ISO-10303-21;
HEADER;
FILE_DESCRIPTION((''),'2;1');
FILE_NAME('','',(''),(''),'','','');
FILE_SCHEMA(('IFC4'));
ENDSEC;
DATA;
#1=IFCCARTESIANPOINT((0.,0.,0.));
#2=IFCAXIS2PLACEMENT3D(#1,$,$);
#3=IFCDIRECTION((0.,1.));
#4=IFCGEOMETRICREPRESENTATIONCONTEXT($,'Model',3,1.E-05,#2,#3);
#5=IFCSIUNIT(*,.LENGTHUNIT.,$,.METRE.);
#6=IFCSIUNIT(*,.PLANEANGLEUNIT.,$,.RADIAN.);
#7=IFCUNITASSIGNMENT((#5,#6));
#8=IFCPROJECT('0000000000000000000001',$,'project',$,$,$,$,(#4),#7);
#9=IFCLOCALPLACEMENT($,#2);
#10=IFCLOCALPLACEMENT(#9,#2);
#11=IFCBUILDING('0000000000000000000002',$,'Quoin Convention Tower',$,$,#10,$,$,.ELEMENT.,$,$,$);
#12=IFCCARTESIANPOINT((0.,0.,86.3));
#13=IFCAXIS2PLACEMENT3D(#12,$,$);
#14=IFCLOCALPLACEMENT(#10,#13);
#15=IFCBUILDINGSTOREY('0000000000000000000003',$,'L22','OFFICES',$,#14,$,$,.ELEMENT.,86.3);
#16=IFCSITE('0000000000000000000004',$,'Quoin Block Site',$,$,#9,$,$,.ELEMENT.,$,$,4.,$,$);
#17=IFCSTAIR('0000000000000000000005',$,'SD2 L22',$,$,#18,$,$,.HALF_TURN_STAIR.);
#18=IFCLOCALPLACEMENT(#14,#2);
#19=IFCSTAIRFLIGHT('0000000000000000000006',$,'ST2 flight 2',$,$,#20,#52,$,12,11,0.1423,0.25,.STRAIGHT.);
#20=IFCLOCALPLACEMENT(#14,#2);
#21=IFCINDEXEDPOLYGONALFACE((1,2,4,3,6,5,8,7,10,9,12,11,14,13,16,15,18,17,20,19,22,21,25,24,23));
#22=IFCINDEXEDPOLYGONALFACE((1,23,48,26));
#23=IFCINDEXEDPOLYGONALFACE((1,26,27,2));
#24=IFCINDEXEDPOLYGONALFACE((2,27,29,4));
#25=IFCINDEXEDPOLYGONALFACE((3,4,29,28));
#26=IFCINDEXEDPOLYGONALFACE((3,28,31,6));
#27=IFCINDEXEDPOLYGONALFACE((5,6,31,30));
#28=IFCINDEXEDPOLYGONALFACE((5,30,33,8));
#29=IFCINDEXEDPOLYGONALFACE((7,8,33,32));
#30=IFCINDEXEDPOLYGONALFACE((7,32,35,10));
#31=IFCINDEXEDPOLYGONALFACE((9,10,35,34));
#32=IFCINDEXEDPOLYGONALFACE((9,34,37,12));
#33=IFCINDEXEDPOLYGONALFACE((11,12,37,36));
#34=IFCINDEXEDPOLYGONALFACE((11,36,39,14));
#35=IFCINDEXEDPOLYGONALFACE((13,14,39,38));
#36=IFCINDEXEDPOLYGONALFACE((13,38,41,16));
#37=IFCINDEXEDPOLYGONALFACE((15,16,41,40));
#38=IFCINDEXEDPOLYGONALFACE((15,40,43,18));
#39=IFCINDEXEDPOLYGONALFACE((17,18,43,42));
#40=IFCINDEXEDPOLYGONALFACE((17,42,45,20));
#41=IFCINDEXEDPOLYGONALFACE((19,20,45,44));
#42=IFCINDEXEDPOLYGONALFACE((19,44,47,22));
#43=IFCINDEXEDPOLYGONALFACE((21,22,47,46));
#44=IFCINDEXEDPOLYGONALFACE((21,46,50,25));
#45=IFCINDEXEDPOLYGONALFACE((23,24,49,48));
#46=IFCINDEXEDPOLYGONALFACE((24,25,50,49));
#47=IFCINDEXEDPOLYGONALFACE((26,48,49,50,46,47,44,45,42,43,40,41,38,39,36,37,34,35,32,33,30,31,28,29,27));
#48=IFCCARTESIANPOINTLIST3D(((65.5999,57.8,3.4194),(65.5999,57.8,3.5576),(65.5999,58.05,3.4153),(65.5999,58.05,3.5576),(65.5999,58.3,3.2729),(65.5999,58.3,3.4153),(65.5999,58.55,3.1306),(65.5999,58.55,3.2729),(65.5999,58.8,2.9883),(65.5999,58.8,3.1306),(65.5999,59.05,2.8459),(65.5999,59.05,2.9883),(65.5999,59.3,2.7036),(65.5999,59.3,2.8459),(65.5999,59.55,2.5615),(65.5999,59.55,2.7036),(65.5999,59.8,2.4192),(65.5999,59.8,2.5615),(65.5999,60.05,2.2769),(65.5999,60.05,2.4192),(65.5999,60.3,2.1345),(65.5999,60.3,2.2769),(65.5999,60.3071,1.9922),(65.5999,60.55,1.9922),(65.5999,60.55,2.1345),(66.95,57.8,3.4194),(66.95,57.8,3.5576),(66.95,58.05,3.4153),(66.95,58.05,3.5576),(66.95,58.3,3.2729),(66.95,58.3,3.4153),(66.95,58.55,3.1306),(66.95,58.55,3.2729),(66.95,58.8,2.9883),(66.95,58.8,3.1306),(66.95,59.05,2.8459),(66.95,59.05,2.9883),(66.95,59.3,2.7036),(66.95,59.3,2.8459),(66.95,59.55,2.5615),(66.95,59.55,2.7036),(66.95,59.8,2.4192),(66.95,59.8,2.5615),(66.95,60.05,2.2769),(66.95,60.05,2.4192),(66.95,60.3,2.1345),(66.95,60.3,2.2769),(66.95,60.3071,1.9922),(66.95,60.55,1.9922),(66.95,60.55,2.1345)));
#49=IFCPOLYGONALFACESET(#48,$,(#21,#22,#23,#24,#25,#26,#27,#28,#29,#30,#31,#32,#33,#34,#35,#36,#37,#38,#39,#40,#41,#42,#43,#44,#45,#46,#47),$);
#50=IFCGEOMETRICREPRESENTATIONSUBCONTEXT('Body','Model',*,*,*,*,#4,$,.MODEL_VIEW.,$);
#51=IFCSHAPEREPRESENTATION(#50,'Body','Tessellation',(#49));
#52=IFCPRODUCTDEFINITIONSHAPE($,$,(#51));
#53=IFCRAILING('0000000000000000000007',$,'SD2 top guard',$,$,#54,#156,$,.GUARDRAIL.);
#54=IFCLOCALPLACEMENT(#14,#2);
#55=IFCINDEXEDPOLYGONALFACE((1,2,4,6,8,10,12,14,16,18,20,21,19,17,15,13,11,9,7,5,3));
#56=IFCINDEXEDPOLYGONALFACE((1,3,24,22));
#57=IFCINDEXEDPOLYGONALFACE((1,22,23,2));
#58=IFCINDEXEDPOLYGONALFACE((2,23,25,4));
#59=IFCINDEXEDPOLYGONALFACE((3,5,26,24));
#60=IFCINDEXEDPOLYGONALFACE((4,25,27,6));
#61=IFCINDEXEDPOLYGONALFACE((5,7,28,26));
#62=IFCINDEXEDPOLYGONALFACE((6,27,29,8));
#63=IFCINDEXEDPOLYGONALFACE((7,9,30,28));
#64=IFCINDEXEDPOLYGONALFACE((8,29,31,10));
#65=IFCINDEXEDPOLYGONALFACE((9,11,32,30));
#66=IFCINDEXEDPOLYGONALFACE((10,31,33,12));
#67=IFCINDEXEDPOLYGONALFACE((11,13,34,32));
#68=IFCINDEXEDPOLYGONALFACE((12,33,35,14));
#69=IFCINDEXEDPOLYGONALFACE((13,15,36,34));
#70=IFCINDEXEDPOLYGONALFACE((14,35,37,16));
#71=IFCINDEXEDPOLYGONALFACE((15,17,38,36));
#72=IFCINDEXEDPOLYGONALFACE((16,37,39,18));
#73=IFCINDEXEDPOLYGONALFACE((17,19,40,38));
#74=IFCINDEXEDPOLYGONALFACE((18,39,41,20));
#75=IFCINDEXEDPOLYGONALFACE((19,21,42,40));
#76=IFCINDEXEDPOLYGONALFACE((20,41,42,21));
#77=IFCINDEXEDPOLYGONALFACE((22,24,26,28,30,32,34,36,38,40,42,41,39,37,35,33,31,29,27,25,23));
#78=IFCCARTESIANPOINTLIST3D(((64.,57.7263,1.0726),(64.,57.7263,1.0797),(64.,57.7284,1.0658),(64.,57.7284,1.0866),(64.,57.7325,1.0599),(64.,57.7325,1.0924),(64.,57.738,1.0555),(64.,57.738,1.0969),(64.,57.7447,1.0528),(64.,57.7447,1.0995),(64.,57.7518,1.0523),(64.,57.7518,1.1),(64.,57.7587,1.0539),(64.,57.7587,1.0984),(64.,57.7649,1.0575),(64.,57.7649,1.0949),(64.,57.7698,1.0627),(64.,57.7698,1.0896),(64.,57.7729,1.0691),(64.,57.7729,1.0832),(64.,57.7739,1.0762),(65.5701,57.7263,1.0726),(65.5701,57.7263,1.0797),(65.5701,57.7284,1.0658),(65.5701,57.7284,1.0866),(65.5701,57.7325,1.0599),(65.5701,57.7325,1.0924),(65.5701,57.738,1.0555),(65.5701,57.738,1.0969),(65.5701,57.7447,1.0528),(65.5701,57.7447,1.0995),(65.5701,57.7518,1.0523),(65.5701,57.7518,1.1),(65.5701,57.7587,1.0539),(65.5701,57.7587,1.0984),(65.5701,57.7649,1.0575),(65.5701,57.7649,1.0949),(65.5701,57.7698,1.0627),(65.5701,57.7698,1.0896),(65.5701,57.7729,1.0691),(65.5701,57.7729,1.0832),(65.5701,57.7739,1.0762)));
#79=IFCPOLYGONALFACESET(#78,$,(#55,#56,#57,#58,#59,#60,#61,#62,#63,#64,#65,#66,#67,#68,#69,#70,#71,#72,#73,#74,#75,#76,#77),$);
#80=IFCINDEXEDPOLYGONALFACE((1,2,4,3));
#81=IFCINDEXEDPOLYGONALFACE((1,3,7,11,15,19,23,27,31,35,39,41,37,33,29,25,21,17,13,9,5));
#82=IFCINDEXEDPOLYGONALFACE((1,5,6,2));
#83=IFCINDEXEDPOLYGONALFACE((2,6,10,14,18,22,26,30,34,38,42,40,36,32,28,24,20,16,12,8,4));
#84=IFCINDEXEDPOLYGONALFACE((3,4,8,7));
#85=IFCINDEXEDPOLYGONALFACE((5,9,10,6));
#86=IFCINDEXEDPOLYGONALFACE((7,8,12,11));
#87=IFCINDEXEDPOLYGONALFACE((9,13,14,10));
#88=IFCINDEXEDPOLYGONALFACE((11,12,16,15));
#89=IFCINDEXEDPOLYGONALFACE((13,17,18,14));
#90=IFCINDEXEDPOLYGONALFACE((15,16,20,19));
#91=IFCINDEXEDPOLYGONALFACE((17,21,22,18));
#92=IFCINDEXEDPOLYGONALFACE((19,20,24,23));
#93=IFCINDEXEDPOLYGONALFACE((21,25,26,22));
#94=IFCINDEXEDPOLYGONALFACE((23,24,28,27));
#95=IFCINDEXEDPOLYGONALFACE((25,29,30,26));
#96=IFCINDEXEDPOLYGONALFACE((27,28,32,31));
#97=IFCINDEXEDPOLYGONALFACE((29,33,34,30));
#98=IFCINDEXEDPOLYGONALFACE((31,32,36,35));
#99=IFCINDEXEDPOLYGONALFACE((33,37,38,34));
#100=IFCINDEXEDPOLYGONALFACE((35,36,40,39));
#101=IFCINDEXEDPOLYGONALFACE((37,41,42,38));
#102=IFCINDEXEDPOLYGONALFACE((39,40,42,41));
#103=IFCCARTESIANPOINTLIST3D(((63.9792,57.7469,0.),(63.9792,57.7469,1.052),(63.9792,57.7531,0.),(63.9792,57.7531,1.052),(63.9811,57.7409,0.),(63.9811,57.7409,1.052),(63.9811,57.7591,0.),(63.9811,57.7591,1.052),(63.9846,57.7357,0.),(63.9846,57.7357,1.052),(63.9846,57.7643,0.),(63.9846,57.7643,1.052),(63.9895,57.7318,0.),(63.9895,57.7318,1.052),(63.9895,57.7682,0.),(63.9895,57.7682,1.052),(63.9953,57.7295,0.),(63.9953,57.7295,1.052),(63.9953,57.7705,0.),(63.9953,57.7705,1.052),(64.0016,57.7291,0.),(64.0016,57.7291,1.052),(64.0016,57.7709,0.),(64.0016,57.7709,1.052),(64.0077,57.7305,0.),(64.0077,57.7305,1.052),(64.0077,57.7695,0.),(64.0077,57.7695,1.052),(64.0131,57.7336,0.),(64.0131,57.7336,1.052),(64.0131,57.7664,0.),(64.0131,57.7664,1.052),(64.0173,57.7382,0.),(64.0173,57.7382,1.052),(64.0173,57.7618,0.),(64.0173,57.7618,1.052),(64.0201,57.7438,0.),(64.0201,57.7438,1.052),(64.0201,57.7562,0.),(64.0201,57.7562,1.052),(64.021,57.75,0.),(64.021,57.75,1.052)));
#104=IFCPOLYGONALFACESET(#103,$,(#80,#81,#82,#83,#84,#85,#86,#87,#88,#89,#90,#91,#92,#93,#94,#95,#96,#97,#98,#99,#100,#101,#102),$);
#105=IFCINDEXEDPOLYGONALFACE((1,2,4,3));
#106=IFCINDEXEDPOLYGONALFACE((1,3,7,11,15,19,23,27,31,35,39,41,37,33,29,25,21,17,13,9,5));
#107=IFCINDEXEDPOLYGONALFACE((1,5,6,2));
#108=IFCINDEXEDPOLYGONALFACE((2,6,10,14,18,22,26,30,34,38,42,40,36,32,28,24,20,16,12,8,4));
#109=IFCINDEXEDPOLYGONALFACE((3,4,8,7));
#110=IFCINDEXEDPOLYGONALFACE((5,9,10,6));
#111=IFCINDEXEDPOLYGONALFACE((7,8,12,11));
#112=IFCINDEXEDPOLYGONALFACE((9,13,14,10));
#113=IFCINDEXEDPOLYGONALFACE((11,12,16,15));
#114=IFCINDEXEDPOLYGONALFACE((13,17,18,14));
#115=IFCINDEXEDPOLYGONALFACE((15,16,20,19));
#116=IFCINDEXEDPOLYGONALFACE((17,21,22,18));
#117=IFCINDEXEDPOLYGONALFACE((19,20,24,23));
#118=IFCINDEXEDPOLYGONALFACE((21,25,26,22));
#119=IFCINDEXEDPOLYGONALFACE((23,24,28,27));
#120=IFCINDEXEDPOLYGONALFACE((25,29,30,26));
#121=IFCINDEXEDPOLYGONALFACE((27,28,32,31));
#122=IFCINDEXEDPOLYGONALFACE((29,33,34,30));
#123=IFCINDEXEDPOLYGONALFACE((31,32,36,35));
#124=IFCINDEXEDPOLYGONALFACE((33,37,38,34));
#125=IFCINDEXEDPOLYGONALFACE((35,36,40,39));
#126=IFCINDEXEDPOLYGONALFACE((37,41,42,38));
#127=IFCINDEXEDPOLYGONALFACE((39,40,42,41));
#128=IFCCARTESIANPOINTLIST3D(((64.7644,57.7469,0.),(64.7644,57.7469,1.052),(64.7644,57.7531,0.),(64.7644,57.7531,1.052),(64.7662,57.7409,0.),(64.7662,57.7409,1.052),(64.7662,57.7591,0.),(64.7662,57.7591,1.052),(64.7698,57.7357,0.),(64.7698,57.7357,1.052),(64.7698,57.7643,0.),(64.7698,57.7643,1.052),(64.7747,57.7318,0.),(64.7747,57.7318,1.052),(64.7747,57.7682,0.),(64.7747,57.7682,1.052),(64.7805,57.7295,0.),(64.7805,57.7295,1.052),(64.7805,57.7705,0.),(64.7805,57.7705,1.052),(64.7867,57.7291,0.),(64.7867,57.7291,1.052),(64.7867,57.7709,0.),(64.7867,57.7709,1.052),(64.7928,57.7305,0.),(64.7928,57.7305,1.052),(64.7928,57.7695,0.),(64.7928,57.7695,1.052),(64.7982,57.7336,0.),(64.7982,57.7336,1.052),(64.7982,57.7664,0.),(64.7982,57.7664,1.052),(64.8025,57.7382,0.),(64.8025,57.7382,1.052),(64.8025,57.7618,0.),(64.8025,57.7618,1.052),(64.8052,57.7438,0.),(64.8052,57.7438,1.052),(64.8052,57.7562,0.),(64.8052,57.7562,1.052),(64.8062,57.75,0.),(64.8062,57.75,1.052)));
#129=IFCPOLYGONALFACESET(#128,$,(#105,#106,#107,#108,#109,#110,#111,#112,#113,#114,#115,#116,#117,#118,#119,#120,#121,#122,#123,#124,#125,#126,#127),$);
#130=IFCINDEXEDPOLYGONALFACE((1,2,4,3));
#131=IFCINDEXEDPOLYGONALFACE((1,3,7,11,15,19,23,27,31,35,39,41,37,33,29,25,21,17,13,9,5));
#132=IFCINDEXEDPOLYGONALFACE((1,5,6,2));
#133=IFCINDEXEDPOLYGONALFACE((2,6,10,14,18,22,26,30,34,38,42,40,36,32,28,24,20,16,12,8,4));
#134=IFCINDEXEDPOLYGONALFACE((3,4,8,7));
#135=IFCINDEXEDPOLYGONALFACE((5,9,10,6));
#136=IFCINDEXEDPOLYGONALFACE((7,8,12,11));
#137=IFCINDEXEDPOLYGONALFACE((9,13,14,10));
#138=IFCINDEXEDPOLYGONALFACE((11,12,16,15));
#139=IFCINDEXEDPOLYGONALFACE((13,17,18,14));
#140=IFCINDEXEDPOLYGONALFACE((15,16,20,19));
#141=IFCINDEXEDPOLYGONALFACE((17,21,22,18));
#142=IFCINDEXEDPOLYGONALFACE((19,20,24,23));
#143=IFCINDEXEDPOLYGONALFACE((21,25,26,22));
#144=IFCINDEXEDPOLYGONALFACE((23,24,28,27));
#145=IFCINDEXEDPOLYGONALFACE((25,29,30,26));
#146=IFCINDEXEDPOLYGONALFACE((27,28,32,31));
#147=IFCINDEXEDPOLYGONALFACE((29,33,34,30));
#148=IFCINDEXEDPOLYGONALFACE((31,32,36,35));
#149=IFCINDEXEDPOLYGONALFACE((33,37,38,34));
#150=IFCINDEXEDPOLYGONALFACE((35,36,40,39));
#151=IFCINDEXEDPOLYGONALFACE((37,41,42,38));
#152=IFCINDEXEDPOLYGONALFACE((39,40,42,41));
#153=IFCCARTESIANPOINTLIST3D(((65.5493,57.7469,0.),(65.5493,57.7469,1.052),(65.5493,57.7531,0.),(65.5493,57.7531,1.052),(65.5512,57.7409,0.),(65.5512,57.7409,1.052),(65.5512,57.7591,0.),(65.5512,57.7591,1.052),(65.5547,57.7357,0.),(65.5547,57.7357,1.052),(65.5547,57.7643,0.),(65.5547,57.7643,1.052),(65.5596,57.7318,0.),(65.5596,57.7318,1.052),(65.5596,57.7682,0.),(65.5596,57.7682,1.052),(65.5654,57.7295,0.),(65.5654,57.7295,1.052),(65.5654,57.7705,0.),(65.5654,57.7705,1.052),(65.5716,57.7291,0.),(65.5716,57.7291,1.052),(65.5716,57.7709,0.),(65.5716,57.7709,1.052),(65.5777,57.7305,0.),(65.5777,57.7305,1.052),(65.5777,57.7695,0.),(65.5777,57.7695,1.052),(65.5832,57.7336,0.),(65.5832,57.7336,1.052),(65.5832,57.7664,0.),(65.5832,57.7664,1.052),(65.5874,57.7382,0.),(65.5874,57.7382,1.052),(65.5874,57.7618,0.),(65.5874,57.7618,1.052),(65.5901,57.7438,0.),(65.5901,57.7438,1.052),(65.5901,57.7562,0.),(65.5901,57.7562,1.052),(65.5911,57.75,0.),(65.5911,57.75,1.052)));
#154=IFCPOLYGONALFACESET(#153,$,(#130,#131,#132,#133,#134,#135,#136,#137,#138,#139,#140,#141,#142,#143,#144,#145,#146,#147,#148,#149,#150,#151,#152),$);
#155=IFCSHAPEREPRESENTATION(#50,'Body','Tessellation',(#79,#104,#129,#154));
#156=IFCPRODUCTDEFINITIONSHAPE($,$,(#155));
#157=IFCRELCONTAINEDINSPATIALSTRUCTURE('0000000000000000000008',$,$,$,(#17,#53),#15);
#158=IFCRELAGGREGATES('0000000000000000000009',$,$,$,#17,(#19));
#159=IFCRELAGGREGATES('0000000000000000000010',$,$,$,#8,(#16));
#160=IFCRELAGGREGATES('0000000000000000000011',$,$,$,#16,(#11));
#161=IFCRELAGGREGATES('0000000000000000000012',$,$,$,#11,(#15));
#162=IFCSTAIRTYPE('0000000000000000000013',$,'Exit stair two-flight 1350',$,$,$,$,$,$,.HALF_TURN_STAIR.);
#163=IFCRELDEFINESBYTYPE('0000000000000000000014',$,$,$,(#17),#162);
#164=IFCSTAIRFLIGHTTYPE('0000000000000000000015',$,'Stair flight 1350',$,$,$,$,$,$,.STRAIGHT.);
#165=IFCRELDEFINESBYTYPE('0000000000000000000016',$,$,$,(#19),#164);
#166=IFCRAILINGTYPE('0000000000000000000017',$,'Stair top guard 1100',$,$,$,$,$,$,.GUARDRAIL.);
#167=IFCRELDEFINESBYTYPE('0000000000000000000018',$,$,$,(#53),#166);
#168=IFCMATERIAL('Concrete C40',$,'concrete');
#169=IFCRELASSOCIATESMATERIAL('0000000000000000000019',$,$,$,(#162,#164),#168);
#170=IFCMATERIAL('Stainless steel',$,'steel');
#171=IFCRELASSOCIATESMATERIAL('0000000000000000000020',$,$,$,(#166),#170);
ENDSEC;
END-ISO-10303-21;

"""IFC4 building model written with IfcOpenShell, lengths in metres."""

from ifc_helpers import new_model, si_unit, direction, frame, origin, origin_2d, place, context, subcontext, project, spatial, polyline, circle, outline, extrude, material, type_object, element, aggregate, save


model = new_model("IFC4")

# Units and contexts
model_context = context("Model", 3, precision=1e-05, world=origin(), true_north=direction((0.0, 1.0)))
body_context = subcontext(model_context, "Body", "Model", "MODEL_VIEW")
ifc_project = project(units=[si_unit("LENGTHUNIT", "METRE"), si_unit("PLANEANGLEUNIT", "RADIAN")], contexts=[model_context])

# Site, building, storey
site_placement = place(None, origin())
site = spatial("IfcSite", under=ifc_project, at=site_placement, Name="Quoin Block Site", CompositionType="ELEMENT", RefElevation=4.0)
building_placement = place(site_placement, origin())
building = spatial("IfcBuilding", under=site, at=building_placement, Name="Quoin Convention Tower", CompositionType="ELEMENT")
storey_placement = place(building_placement, frame((0.0, 0.0, 86.3)))
storey = spatial("IfcBuildingStorey", under=building, at=storey_placement, Name="L22", Description="OFFICES", CompositionType="ELEMENT", Elevation=86.3)

# Stair, stair flight
ifc_material_1 = material(Name="Concrete C40", Category="concrete")
stair_type = type_object("IfcStairType", Name="Exit stair two-flight 1350", PredefinedType="HALF_TURN_STAIR", material=ifc_material_1)
stair_placement = place(storey_placement, origin())
stair = element("IfcStair", 1, at=stair_placement, inside=storey, type_object=stair_type, Name="SD2 L22", PredefinedType="HALF_TURN_STAIR")
stair_flight_type = type_object("IfcStairFlightType", Name="Stair flight 1350", PredefinedType="STRAIGHT", material=ifc_material_1)
stair_flight_1_placement = place(storey_placement, frame((66.2749, 60.55, 1.9922), z_axis=(0.0, 0.0, 1.0), x_axis=(0.0, -1.0, 0.0)))
stair_flight_1 = element("IfcStairFlight", 2, at=stair_flight_1_placement, type_object=stair_flight_type, Name="ST2 flight 2", NumberOfRisers=12, NumberOfTreads=11, PredefinedType="STRAIGHT", RiserHeight=0.1423, TreadLength=0.25, context=body_context, shape_type="SweptSolid", body=[
    extrude(outline(polyline([(0.0, 0.0), (0.0, 0.1423), (0.25, 0.1423), (0.25, 0.2847), (0.5, 0.2847), (0.5, 0.427), (0.75, 0.427), (0.75, 0.5693), (1.0, 0.5693), (1.0, 0.7114), (1.25, 0.7114), (1.25, 0.8538), (1.5, 0.8538), (1.5, 0.9961), (1.75, 0.9961), (1.75, 1.1384), (2.0, 1.1384), (2.0, 1.2808), (2.25, 1.2808), (2.25, 1.4231), (2.5, 1.4231), (2.5, 1.5654), (2.75, 1.5654), (2.75, 1.7078), (2.75, 1.4272), (0.2429, 0.0), (0.0, 0.0)])), frame((0.0, 0.675, 0.0), z_axis=(0.0, -1.0, 0.0), x_axis=(1.0, 0.0, 0.0)), (0.0, 0.0, 1.0), 1.3501),
])
aggregate(stair, [stair_flight_1])

# Railing
ifc_material_2 = material(Name="Stainless steel", Category="steel")
railing_type_1 = type_object("IfcRailingType", Name="Stair top guard 1100", PredefinedType="GUARDRAIL", material=ifc_material_2)
railing_1_placement = place(storey_placement, frame((64.0, 57.75, 0.0)))
element("IfcRailing", 3, at=railing_1_placement, inside=storey, type_object=railing_type_1, Name="SD2 top guard", PredefinedType="GUARDRAIL", context=body_context, shape_type="SweptSolid", body=[
    extrude(circle(Radius=0.0239, at=origin_2d()), frame((0.0, 0.0, 1.0762), z_axis=(1.0, 0.0, 0.0), x_axis=(0.0, 1.0, 0.0)), (0.0, 0.0, 1.0), 1.5701),
    extrude(circle(Radius=0.021, at=origin_2d()), origin(), (0.0, 0.0, 1.0), 1.052),
    extrude(circle(Radius=0.021, at=origin_2d()), frame((0.7852, 0.0, 0.0)), (0.0, 0.0, 1.0), 1.052),
    extrude(circle(Radius=0.021, at=origin_2d()), frame((1.5701, 0.0, 0.0)), (0.0, 0.0, 1.0), 1.052),
])

save(model, "model.ifc")
